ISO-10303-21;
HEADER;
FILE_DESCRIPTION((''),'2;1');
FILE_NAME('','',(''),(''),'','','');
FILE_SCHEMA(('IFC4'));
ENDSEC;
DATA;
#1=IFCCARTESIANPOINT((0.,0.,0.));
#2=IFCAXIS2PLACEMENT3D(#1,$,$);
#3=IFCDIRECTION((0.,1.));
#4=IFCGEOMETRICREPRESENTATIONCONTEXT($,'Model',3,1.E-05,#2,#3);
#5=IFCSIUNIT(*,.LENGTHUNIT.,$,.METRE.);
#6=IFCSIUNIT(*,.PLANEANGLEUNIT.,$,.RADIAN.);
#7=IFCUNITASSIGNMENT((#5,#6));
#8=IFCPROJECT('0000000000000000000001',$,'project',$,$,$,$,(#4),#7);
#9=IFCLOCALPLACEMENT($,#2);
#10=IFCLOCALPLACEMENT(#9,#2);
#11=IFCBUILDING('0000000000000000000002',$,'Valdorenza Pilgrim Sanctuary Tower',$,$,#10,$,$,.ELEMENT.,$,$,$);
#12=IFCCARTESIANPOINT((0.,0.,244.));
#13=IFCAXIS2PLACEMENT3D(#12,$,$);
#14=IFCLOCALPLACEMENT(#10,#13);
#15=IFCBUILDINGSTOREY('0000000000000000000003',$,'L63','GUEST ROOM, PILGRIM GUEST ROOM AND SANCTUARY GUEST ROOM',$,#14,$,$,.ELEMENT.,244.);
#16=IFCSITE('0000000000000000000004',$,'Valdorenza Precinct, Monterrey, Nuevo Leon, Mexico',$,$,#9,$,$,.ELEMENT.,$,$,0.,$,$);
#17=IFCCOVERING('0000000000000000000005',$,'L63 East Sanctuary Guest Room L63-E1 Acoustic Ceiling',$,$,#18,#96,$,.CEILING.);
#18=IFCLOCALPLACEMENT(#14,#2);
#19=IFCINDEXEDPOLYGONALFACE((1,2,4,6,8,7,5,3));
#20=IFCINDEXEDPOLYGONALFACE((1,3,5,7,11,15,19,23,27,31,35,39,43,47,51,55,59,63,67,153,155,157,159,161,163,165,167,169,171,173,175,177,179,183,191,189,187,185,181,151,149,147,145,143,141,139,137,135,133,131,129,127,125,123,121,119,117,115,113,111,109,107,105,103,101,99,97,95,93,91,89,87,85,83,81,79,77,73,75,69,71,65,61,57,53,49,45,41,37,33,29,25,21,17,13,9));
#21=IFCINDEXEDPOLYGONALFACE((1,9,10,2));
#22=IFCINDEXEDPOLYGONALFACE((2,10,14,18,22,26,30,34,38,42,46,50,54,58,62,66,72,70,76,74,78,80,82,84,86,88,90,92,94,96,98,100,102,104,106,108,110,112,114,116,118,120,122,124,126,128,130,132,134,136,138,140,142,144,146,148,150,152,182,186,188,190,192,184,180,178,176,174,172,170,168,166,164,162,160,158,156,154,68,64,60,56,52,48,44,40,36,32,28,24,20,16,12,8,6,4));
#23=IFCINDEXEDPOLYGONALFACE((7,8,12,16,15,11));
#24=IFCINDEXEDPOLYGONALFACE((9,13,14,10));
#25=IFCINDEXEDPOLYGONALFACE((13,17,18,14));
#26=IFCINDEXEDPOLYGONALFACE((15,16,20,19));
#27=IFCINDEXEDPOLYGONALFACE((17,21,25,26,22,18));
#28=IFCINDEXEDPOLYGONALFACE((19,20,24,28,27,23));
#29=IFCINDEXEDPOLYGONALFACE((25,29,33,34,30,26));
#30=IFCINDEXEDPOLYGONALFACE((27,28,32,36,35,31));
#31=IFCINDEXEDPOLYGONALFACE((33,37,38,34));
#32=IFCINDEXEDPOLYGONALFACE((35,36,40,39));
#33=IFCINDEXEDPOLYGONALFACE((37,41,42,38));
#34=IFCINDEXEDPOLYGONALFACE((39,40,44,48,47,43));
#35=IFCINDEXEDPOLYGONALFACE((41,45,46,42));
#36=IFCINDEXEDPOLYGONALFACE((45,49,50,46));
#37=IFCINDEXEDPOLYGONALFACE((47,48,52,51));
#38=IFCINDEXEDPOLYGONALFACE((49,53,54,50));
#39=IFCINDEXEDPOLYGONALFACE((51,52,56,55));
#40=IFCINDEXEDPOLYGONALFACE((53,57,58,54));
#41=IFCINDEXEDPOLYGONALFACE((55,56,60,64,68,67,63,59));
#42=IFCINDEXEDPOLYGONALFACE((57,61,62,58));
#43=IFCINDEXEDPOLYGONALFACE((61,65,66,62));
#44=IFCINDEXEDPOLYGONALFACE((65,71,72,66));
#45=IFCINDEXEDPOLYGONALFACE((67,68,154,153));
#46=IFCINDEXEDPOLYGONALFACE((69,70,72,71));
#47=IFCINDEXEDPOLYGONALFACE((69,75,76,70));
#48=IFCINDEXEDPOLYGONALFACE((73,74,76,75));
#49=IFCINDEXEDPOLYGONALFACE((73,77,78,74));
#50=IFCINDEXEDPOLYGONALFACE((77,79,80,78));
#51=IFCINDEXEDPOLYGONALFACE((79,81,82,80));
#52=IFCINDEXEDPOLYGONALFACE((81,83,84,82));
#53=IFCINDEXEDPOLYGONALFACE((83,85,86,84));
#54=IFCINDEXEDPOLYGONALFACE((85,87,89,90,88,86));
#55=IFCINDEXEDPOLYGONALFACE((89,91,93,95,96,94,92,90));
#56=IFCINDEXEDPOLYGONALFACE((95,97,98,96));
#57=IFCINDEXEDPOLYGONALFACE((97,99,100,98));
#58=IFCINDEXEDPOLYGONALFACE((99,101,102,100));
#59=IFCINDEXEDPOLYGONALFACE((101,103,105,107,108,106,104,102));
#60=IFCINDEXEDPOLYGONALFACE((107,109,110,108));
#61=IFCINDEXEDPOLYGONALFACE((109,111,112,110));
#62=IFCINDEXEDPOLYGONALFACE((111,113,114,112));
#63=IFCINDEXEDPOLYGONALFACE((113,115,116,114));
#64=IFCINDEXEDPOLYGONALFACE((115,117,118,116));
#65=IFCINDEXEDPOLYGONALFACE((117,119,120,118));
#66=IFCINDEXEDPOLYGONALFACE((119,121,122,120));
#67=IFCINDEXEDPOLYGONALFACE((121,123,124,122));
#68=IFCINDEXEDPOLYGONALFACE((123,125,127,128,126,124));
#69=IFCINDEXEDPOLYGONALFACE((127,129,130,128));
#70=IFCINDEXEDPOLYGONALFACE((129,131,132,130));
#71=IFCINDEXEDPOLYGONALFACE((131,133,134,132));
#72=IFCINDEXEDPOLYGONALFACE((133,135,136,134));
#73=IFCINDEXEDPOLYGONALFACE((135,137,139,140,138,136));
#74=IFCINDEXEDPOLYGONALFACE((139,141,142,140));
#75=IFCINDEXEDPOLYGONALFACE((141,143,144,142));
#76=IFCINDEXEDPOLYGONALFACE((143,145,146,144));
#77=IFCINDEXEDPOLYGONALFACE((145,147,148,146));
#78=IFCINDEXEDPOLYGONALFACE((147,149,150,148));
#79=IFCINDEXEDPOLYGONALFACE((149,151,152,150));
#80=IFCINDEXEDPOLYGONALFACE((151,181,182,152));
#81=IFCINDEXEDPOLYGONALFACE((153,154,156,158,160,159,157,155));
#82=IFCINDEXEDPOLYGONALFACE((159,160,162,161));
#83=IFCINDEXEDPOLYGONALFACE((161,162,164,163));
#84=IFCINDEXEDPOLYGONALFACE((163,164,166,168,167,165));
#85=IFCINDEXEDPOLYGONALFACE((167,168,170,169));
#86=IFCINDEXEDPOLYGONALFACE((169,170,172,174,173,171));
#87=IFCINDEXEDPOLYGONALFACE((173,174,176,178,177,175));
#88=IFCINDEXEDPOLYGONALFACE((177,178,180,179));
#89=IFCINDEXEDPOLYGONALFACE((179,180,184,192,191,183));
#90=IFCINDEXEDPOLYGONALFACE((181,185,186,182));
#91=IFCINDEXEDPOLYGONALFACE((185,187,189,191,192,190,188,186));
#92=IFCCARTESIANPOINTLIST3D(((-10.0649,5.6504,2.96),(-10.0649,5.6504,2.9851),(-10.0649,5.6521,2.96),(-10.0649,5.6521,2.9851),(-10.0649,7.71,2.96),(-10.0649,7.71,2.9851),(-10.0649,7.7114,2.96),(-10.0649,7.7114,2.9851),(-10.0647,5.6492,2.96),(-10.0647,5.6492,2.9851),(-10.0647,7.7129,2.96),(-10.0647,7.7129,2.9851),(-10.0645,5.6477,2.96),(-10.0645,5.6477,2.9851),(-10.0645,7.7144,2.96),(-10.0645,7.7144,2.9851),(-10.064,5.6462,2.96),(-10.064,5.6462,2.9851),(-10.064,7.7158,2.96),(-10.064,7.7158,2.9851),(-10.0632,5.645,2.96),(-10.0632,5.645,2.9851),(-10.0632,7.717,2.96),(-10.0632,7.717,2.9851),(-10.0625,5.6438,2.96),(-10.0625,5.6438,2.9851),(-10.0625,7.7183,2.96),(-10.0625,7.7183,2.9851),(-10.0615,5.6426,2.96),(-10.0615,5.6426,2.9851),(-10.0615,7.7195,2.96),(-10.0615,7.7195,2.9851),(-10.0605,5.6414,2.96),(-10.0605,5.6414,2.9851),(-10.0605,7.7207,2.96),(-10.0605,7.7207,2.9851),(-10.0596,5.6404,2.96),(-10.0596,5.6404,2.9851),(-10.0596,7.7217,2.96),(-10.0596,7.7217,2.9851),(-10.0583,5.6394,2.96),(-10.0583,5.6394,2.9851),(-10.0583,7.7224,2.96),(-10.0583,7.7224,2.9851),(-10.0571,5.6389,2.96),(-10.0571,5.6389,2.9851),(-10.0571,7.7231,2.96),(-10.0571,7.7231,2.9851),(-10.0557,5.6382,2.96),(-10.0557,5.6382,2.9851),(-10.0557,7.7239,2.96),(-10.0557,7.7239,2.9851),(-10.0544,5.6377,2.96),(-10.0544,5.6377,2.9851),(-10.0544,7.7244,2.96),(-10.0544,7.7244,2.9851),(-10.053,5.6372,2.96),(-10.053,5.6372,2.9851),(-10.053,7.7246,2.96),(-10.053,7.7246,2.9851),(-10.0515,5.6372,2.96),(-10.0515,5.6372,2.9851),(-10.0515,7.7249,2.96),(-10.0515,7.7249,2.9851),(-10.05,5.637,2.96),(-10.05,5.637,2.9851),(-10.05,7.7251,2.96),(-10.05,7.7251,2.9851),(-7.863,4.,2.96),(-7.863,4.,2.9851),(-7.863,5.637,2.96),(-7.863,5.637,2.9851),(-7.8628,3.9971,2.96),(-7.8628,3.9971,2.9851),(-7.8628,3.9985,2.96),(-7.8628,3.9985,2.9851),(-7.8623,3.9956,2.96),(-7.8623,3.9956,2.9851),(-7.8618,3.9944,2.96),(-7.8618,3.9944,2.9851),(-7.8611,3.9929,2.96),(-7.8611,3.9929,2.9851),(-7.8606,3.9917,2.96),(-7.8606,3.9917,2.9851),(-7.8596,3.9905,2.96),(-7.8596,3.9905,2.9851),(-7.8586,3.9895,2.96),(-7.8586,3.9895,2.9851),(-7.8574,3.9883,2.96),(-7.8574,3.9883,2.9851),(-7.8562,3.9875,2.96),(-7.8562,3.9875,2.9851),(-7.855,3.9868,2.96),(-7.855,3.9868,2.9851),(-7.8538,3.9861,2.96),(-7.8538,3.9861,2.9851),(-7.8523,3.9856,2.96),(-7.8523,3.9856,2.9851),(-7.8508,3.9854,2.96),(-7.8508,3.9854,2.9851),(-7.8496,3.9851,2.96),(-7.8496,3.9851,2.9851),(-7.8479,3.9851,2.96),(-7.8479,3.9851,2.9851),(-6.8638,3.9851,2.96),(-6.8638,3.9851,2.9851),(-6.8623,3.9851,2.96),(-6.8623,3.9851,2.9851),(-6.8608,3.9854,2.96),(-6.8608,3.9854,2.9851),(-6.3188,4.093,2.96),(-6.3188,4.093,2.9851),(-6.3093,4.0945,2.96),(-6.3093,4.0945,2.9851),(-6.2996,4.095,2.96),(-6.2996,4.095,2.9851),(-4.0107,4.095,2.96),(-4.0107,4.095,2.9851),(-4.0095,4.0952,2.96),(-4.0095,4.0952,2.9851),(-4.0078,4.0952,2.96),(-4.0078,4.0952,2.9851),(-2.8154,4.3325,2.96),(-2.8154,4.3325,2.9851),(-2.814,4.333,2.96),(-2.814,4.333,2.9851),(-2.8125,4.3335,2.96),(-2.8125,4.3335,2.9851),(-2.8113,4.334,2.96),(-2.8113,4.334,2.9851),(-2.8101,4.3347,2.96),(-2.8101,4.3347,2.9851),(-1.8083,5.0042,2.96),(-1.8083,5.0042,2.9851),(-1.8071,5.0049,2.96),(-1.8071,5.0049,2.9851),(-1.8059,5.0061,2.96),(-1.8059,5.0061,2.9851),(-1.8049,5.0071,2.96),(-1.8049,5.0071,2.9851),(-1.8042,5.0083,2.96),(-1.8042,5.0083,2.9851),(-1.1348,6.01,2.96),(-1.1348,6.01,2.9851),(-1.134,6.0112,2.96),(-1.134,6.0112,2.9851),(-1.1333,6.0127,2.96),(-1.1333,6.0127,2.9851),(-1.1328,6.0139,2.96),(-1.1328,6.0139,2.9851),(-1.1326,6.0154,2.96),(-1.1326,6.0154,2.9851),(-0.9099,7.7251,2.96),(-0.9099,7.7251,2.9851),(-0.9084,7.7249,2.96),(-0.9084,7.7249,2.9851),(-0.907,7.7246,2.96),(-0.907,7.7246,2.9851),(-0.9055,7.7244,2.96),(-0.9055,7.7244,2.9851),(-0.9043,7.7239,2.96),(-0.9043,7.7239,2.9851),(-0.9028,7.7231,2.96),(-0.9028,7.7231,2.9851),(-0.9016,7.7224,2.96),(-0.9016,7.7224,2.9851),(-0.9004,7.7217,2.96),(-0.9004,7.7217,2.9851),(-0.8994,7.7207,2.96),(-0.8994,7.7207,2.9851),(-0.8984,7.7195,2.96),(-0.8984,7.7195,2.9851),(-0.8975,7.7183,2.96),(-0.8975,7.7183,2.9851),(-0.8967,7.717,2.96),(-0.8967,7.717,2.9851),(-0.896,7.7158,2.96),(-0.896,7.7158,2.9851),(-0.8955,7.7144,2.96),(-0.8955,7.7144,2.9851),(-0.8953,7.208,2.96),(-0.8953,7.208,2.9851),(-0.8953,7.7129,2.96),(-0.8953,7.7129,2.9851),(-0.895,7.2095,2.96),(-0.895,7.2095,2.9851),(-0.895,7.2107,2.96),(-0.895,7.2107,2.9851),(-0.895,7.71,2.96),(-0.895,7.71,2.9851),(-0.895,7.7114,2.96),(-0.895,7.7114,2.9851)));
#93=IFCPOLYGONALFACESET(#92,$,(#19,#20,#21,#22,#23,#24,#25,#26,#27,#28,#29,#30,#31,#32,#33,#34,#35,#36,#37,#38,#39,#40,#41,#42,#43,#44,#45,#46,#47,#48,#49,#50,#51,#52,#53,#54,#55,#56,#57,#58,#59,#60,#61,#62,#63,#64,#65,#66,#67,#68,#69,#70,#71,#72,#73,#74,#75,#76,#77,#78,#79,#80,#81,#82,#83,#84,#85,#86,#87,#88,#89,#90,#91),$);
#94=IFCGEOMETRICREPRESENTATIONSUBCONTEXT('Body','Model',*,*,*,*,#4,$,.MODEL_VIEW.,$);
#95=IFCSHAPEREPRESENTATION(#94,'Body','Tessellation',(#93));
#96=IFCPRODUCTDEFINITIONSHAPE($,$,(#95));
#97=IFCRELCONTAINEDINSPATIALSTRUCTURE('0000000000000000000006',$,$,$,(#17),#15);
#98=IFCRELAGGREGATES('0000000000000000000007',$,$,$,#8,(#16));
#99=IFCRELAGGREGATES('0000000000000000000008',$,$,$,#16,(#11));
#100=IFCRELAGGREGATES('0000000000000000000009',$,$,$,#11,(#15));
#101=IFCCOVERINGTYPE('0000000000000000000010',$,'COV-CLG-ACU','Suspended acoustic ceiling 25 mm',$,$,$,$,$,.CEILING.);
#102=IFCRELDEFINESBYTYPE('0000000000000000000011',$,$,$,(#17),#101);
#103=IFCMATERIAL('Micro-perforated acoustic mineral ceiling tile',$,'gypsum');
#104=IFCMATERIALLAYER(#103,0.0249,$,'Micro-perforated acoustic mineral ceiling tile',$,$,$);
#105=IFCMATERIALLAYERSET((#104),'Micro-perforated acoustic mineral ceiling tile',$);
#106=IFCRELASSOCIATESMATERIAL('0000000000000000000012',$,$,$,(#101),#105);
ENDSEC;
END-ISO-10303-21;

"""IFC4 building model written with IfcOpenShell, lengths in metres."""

from ifc_helpers import new_model, si_unit, direction, frame, origin, place, context, subcontext, project, spatial, polyline, outline, extrude, material, layer, layer_set, type_object, element, save


model = new_model("IFC4")

# Units and contexts
model_context = context("Model", 3, precision=1e-05, world=origin(), true_north=direction((0.0, 1.0)))
body_context = subcontext(model_context, "Body", "Model", "MODEL_VIEW")
ifc_project = project(units=[si_unit("LENGTHUNIT", "METRE"), si_unit("PLANEANGLEUNIT", "RADIAN")], contexts=[model_context])

# Site, building, storey
site_placement = place(None, origin())
site = spatial("IfcSite", under=ifc_project, at=site_placement, Name="Valdorenza Precinct, Monterrey, Nuevo Leon, Mexico", CompositionType="ELEMENT", RefElevation=0.0)
building_placement = place(site_placement, origin())
building = spatial("IfcBuilding", under=site, at=building_placement, Name="Valdorenza Pilgrim Sanctuary Tower", CompositionType="ELEMENT")
storey_placement = place(building_placement, frame((0.0, 0.0, 244.0)))
storey = spatial("IfcBuildingStorey", under=building, at=storey_placement, Name="L63", Description="GUEST ROOM, PILGRIM GUEST ROOM AND SANCTUARY GUEST ROOM", CompositionType="ELEMENT", Elevation=244.0)

# Covering
ifc_material_1 = material(Name="Micro-perforated acoustic mineral ceiling tile", Category="gypsum")
ifc_layer_1 = layer(ifc_material_1, 0.0249, Name="Micro-perforated acoustic mineral ceiling tile")
ifc_layer_set_1 = layer_set([ifc_layer_1], Name="Micro-perforated acoustic mineral ceiling tile")
covering_type_1 = type_object("IfcCoveringType", Name="COV-CLG-ACU", Description="Suspended acoustic ceiling 25 mm", PredefinedType="CEILING", material=ifc_layer_set_1)
covering_1_placement = place(storey_placement, frame((0.0, 0.0, 2.96)))
element("IfcCovering", 1, at=covering_1_placement, inside=storey, type_object=covering_type_1, Name="L63 East Sanctuary Guest Room L63-E1 Acoustic Ceiling", PredefinedType="CEILING", context=body_context, shape_type="SweptSolid", body=[
    extrude(outline(polyline([(-7.863, 5.637), (-10.05, 5.637), (-10.0515, 5.6372), (-10.053, 5.6372), (-10.0544, 5.6377), (-10.0557, 5.6382), (-10.0571, 5.6389), (-10.0583, 5.6394), (-10.0596, 5.6404), (-10.0605, 5.6414), (-10.0615, 5.6426), (-10.0625, 5.6438), (-10.0632, 5.645), (-10.064, 5.6462), (-10.0645, 5.6477), (-10.0647, 5.6492), (-10.0649, 5.6504), (-10.0649, 5.6521), (-10.0649, 7.71), (-10.0649, 7.7114), (-10.0647, 7.7129), (-10.0645, 7.7144), (-10.064, 7.7158), (-10.0632, 7.717), (-10.0625, 7.7183), (-10.0615, 7.7195), (-10.0605, 7.7207), (-10.0596, 7.7217), (-10.0583, 7.7224), (-10.0571, 7.7231), (-10.0557, 7.7239), (-10.0544, 7.7244), (-10.053, 7.7246), (-10.0515, 7.7249), (-10.05, 7.7251), (-0.9099, 7.7251), (-0.9084, 7.7249), (-0.907, 7.7246), (-0.9055, 7.7244), (-0.9043, 7.7239), (-0.9028, 7.7231), (-0.9016, 7.7224), (-0.9004, 7.7217), (-0.8994, 7.7207), (-0.8984, 7.7195), (-0.8975, 7.7183), (-0.8967, 7.717), (-0.896, 7.7158), (-0.8955, 7.7144), (-0.8953, 7.7129), (-0.895, 7.7114), (-0.895, 7.71), (-0.895, 7.2107), (-0.895, 7.2095), (-0.8953, 7.208), (-1.1326, 6.0154), (-1.1328, 6.0139), (-1.1333, 6.0127), (-1.134, 6.0112), (-1.1348, 6.01), (-1.8042, 5.0083), (-1.8049, 5.0071), (-1.8059, 5.0061), (-1.8071, 5.0049), (-1.8083, 5.0042), (-2.8101, 4.3347), (-2.8113, 4.334), (-2.8125, 4.3335), (-2.814, 4.333), (-2.8154, 4.3325), (-4.0078, 4.0952), (-4.0095, 4.0952), (-4.0107, 4.095), (-6.2996, 4.095), (-6.3093, 4.0945), (-6.3188, 4.093), (-6.8608, 3.9854), (-6.8623, 3.9851), (-6.8638, 3.9851), (-7.8479, 3.9851), (-7.8496, 3.9851), (-7.8508, 3.9854), (-7.8523, 3.9856), (-7.8538, 3.9861), (-7.855, 3.9868), (-7.8562, 3.9875), (-7.8574, 3.9883), (-7.8586, 3.9895), (-7.8596, 3.9905), (-7.8606, 3.9917), (-7.8611, 3.9929), (-7.8618, 3.9944), (-7.8623, 3.9956), (-7.8628, 3.9971), (-7.8628, 3.9985), (-7.863, 4.0), (-7.863, 5.637)])), origin(), (0.0, 0.0, 1.0), 0.0251),
])

save(model, "model.ifc")
